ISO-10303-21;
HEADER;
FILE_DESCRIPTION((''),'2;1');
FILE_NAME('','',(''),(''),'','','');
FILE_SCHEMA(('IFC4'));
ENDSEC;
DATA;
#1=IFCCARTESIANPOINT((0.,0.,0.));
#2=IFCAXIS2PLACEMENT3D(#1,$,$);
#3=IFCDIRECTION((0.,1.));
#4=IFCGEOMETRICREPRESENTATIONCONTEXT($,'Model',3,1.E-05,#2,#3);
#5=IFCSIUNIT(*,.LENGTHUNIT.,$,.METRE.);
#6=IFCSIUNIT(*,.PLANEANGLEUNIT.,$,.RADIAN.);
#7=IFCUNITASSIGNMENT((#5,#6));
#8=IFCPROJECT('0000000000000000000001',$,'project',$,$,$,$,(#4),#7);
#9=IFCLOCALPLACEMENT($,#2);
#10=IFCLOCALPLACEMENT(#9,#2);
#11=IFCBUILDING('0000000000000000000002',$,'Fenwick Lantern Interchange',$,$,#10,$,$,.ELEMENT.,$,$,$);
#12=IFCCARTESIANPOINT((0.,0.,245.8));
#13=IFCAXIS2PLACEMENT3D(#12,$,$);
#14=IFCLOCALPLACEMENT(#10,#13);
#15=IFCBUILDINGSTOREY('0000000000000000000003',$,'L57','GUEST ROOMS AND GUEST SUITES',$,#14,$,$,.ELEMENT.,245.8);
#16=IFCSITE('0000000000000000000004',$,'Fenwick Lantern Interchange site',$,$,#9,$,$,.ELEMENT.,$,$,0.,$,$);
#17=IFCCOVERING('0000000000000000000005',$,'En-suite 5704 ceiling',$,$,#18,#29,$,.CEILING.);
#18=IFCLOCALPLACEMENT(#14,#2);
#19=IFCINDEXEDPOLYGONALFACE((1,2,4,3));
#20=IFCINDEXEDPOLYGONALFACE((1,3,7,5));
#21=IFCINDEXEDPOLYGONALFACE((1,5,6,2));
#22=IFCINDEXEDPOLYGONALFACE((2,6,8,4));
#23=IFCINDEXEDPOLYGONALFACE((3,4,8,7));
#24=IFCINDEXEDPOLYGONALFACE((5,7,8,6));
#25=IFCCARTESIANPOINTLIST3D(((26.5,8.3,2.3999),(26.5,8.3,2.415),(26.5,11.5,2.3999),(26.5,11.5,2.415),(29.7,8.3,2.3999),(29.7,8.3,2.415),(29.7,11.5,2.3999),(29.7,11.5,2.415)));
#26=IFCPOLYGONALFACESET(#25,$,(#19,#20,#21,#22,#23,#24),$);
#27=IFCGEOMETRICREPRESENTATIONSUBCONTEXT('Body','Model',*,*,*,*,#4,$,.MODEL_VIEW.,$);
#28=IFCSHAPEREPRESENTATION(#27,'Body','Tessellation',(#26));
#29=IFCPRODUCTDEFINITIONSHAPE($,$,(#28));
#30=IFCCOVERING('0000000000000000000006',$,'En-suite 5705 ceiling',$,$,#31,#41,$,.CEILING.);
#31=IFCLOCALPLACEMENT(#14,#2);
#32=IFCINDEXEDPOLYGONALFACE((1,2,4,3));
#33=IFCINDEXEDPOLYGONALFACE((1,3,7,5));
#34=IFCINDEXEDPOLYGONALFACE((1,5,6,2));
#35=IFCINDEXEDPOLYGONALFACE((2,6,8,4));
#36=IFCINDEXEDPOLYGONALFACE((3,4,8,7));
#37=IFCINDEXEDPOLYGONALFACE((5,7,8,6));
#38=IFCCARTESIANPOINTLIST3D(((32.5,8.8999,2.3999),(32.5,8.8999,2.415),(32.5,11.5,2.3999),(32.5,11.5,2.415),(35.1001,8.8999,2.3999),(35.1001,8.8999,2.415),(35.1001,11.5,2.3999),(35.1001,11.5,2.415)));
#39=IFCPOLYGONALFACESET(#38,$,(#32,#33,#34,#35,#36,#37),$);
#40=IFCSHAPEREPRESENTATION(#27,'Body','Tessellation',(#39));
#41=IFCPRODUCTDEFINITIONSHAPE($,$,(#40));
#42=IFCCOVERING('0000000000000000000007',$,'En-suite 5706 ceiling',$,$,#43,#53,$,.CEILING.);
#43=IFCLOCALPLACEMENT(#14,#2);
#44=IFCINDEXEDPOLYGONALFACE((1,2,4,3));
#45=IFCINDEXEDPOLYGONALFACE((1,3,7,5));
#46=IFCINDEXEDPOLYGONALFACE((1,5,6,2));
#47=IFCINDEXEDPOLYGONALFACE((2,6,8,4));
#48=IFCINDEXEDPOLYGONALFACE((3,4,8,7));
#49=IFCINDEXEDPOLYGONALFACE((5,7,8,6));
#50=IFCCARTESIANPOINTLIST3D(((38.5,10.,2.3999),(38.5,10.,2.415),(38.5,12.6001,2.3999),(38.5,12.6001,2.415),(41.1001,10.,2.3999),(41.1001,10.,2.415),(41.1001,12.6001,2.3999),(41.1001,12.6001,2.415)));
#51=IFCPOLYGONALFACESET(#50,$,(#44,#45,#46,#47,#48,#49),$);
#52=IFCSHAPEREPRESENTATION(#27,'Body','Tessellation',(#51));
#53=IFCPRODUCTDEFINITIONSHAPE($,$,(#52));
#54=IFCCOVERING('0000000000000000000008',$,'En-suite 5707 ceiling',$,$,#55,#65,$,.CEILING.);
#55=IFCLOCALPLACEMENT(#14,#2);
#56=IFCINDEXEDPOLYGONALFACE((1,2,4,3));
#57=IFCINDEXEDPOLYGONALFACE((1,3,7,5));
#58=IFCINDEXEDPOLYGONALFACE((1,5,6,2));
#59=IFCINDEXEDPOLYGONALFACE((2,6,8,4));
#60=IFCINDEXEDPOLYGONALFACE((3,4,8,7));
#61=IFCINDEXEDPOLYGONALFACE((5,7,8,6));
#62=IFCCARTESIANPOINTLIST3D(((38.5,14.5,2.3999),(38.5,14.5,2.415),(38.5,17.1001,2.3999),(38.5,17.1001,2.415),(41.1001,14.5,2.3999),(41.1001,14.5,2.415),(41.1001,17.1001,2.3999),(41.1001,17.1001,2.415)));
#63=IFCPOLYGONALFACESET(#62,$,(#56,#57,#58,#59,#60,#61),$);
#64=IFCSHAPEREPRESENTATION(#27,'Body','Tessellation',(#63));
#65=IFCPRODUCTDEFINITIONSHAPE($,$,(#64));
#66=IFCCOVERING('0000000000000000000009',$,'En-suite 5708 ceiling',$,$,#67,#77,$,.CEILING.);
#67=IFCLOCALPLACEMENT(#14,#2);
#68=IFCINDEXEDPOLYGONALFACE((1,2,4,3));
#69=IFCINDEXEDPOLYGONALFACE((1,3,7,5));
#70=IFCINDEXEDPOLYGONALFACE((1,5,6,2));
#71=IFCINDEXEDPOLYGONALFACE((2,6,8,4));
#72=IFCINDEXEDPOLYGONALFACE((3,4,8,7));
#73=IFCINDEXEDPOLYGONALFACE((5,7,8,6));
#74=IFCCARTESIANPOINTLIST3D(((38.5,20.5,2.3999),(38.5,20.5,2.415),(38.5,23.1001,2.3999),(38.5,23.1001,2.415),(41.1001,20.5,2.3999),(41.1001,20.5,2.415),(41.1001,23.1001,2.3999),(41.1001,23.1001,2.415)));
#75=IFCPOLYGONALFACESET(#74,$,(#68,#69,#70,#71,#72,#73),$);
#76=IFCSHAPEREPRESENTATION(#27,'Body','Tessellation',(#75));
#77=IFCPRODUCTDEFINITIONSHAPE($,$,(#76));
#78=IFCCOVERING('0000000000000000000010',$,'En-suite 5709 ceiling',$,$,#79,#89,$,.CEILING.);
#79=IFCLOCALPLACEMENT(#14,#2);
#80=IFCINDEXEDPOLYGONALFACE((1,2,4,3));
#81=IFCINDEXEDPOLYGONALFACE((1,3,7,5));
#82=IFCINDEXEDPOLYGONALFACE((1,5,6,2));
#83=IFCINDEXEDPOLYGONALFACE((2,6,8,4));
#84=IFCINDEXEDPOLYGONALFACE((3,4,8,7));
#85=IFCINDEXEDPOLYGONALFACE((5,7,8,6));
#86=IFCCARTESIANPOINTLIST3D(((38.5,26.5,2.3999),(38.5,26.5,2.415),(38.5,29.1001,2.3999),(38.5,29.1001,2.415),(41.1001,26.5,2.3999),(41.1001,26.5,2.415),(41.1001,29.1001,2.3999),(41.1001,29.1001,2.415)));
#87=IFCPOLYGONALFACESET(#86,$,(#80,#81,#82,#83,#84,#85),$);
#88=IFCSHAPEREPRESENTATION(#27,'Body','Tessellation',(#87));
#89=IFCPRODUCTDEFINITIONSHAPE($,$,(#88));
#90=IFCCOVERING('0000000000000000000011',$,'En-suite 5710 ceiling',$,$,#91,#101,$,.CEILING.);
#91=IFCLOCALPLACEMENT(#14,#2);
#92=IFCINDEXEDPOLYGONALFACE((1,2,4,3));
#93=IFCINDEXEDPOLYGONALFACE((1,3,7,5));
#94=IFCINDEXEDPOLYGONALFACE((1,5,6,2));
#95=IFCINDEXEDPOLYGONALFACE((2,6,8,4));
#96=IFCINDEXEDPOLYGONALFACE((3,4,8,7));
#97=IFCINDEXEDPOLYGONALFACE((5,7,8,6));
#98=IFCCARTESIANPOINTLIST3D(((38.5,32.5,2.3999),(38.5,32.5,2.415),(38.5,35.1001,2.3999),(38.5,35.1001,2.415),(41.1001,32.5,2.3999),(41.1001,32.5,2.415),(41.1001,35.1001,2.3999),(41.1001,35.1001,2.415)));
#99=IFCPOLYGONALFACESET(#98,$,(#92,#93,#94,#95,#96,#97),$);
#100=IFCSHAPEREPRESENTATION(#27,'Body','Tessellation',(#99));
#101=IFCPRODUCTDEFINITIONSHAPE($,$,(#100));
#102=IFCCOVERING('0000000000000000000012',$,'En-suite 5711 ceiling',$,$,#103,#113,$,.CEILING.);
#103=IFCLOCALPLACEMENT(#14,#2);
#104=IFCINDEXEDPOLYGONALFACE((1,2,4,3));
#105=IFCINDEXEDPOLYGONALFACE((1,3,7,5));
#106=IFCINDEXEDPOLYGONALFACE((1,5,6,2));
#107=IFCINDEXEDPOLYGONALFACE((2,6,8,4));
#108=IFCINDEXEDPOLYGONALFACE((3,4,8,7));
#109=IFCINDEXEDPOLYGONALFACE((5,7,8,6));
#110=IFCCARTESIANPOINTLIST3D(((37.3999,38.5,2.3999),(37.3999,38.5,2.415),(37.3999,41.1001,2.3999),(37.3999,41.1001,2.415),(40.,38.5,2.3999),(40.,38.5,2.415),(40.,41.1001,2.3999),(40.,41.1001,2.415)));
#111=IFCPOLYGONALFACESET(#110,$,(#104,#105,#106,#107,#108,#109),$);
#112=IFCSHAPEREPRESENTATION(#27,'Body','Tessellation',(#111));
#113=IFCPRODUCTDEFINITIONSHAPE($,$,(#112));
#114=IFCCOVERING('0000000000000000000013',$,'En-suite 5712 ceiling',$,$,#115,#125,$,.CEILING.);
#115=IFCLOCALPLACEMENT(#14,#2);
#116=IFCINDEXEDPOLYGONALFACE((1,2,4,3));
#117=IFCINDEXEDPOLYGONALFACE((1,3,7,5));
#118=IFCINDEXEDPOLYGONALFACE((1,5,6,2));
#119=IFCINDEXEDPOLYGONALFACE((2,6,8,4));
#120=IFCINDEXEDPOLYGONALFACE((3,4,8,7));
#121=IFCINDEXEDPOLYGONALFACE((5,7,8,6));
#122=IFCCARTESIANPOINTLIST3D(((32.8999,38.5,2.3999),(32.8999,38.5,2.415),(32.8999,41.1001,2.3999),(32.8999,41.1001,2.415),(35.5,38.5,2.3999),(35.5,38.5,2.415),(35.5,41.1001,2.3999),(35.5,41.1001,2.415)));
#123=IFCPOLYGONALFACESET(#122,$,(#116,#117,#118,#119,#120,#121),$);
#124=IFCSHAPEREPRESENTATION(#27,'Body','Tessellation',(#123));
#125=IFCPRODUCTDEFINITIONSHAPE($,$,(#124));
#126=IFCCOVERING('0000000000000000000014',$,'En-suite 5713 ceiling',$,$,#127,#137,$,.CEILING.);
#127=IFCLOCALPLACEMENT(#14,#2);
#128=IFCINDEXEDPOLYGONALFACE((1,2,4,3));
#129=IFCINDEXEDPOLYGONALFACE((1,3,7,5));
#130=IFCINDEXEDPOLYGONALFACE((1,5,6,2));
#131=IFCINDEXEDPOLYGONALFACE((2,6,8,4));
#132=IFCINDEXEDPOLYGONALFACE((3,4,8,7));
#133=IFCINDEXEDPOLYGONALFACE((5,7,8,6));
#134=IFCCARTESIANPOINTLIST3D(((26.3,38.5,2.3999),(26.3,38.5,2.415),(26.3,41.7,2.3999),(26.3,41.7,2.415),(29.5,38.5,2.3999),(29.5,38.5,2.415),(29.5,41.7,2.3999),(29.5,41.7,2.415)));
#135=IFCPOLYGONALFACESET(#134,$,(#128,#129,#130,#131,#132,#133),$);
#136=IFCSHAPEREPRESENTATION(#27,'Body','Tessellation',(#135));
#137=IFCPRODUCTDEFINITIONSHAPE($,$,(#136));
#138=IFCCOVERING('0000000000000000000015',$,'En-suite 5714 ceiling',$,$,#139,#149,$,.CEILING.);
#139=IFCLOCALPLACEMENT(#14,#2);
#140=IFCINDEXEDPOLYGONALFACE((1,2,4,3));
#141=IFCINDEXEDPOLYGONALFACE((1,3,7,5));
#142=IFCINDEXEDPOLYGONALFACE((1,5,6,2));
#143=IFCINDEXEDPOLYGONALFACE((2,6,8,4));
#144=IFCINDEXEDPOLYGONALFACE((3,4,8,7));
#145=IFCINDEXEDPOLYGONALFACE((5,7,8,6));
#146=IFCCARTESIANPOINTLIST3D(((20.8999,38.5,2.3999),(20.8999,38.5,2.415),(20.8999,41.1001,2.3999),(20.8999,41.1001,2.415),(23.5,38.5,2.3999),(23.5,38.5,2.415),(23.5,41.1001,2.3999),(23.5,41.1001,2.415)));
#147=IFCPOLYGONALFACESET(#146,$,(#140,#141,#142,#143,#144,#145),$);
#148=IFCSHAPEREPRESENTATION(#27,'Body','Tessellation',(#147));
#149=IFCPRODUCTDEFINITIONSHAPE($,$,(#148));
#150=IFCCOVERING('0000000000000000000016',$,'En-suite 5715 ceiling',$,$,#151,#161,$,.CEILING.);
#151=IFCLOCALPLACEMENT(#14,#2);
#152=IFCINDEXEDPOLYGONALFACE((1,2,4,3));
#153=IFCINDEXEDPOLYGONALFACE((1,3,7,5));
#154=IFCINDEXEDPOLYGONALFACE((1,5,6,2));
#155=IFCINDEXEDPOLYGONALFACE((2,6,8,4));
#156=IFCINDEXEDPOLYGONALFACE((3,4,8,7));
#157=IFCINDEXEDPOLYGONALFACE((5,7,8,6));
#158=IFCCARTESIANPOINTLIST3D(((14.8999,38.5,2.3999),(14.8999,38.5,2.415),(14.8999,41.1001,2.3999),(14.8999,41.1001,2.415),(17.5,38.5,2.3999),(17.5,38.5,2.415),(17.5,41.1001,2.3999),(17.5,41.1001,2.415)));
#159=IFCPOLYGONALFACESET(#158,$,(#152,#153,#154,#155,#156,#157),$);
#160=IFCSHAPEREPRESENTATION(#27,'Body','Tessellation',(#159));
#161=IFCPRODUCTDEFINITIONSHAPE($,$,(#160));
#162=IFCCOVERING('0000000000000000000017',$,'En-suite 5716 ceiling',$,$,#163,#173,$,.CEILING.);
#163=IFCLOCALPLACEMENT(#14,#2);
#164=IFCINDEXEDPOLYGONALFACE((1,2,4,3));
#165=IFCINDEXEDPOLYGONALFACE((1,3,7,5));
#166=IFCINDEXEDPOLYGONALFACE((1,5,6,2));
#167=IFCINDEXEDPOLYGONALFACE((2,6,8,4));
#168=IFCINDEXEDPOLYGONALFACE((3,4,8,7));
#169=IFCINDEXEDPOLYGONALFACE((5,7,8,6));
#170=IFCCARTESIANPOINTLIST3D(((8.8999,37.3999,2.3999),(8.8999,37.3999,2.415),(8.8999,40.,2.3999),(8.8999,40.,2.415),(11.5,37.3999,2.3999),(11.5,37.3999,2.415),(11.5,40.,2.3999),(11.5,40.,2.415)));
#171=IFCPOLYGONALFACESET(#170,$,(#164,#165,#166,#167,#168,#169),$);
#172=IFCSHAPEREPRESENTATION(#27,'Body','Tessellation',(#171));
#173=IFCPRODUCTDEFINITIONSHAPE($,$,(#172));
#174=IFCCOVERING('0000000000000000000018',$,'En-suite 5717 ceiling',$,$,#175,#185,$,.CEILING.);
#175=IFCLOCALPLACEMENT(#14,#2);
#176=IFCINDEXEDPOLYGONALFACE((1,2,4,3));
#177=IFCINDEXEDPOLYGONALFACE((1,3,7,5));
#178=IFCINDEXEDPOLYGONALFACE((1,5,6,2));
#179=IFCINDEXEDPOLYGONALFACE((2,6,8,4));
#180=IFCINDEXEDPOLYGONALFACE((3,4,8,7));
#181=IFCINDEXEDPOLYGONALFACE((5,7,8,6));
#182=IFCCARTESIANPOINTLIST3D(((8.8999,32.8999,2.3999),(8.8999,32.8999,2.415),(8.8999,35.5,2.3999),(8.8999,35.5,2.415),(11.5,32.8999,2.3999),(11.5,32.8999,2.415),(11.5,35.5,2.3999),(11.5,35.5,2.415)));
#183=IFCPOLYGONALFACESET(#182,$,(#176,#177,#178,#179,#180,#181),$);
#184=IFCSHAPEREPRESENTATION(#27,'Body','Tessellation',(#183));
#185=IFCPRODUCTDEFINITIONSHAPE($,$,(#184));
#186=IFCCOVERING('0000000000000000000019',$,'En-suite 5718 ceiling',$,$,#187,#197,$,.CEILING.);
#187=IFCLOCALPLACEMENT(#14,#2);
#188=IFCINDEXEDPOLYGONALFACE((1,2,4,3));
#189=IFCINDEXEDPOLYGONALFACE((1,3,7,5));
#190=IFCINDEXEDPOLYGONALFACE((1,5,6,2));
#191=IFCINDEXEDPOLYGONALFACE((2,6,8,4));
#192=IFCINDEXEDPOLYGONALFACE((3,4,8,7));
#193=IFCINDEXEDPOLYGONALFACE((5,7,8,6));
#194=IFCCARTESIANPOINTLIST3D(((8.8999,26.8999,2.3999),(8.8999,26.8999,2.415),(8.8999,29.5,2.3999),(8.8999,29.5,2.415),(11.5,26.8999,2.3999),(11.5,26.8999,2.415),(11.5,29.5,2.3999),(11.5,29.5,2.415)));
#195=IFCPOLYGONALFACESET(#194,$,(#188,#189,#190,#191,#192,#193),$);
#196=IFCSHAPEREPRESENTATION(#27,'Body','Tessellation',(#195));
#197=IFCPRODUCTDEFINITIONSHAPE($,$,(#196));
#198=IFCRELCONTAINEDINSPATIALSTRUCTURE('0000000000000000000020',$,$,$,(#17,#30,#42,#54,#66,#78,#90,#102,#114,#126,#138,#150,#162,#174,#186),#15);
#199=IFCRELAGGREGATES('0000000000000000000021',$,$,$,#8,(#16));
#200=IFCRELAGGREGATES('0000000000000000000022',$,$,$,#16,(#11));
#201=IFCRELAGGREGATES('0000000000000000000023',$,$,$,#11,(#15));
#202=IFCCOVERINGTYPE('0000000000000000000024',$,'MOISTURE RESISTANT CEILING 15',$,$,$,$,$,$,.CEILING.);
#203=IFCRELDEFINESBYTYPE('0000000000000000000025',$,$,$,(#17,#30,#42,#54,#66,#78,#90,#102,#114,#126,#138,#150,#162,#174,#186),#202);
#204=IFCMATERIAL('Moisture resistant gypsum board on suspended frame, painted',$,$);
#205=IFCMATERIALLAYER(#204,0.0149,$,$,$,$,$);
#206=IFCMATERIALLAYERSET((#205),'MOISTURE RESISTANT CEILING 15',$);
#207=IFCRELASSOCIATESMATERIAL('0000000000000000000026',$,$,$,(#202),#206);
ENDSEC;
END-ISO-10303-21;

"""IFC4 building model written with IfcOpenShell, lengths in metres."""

from ifc_helpers import new_model, si_unit, direction, frame, origin, place, context, subcontext, project, spatial, polyline, outline, extrude, material, layer, layer_set, type_object, element, save


model = new_model("IFC4")

# Units and contexts
model_context = context("Model", 3, precision=1e-05, world=origin(), true_north=direction((0.0, 1.0)))
body_context = subcontext(model_context, "Body", "Model", "MODEL_VIEW")
ifc_project = project(units=[si_unit("LENGTHUNIT", "METRE"), si_unit("PLANEANGLEUNIT", "RADIAN")], contexts=[model_context])

# Site, building, storey
site_placement = place(None, origin())
site = spatial("IfcSite", under=ifc_project, at=site_placement, Name="Fenwick Lantern Interchange site", CompositionType="ELEMENT", RefElevation=0.0)
building_placement = place(site_placement, origin())
building = spatial("IfcBuilding", under=site, at=building_placement, Name="Fenwick Lantern Interchange", CompositionType="ELEMENT")
storey_placement = place(building_placement, frame((0.0, 0.0, 245.8)))
storey = spatial("IfcBuildingStorey", under=building, at=storey_placement, Name="L57", Description="GUEST ROOMS AND GUEST SUITES", CompositionType="ELEMENT", Elevation=245.8)

# Coverings
ifc_material_1 = material(Name="Moisture resistant gypsum board on suspended frame, painted")
ifc_layer_1 = layer(ifc_material_1, 0.0149)
ifc_layer_set_1 = layer_set([ifc_layer_1], Name="MOISTURE RESISTANT CEILING 15")
covering_type_1 = type_object("IfcCoveringType", Name="MOISTURE RESISTANT CEILING 15", PredefinedType="CEILING", material=ifc_layer_set_1)
covering_1_placement = place(storey_placement, frame((0.0, 0.0, 2.3999)))
element("IfcCovering", 1, at=covering_1_placement, inside=storey, type_object=covering_type_1, Name="En-suite 5704 ceiling", PredefinedType="CEILING", context=body_context, shape_type="SweptSolid", body=[
    extrude(outline(polyline([(26.5, 8.3), (29.7, 8.3), (29.7, 11.5), (26.5, 11.5), (26.5, 8.3)])), origin(), (0.0, 0.0, 1.0), 0.0151),
])
covering_2_placement = place(storey_placement, frame((0.0, 0.0, 2.3999)))
element("IfcCovering", 2, at=covering_2_placement, inside=storey, type_object=covering_type_1, Name="En-suite 5705 ceiling", PredefinedType="CEILING", context=body_context, shape_type="SweptSolid", body=[
    extrude(outline(polyline([(32.5, 8.8999), (35.1001, 8.8999), (35.1001, 11.5), (32.5, 11.5), (32.5, 8.8999)])), origin(), (0.0, 0.0, 1.0), 0.0151),
])
covering_3_placement = place(storey_placement, frame((0.0, 0.0, 2.3999)))
element("IfcCovering", 3, at=covering_3_placement, inside=storey, type_object=covering_type_1, Name="En-suite 5706 ceiling", PredefinedType="CEILING", context=body_context, shape_type="SweptSolid", body=[
    extrude(outline(polyline([(41.1001, 10.0), (41.1001, 12.6001), (38.5, 12.6001), (38.5, 10.0), (41.1001, 10.0)])), origin(), (0.0, 0.0, 1.0), 0.0151),
])
covering_4_placement = place(storey_placement, frame((0.0, 0.0, 2.3999)))
element("IfcCovering", 4, at=covering_4_placement, inside=storey, type_object=covering_type_1, Name="En-suite 5707 ceiling", PredefinedType="CEILING", context=body_context, shape_type="SweptSolid", body=[
    extrude(outline(polyline([(41.1001, 14.5), (41.1001, 17.1001), (38.5, 17.1001), (38.5, 14.5), (41.1001, 14.5)])), origin(), (0.0, 0.0, 1.0), 0.0151),
])
covering_5_placement = place(storey_placement, frame((0.0, 0.0, 2.3999)))
element("IfcCovering", 5, at=covering_5_placement, inside=storey, type_object=covering_type_1, Name="En-suite 5708 ceiling", PredefinedType="CEILING", context=body_context, shape_type="SweptSolid", body=[
    extrude(outline(polyline([(41.1001, 20.5), (41.1001, 23.1001), (38.5, 23.1001), (38.5, 20.5), (41.1001, 20.5)])), origin(), (0.0, 0.0, 1.0), 0.0151),
])
covering_6_placement = place(storey_placement, frame((0.0, 0.0, 2.3999)))
element("IfcCovering", 6, at=covering_6_placement, inside=storey, type_object=covering_type_1, Name="En-suite 5709 ceiling", PredefinedType="CEILING", context=body_context, shape_type="SweptSolid", body=[
    extrude(outline(polyline([(41.1001, 26.5), (41.1001, 29.1001), (38.5, 29.1001), (38.5, 26.5), (41.1001, 26.5)])), origin(), (0.0, 0.0, 1.0), 0.0151),
])
covering_7_placement = place(storey_placement, frame((0.0, 0.0, 2.3999)))
element("IfcCovering", 7, at=covering_7_placement, inside=storey, type_object=covering_type_1, Name="En-suite 5710 ceiling", PredefinedType="CEILING", context=body_context, shape_type="SweptSolid", body=[
    extrude(outline(polyline([(41.1001, 32.5), (41.1001, 35.1001), (38.5, 35.1001), (38.5, 32.5), (41.1001, 32.5)])), origin(), (0.0, 0.0, 1.0), 0.0151),
])
covering_8_placement = place(storey_placement, frame((0.0, 0.0, 2.3999)))
element("IfcCovering", 8, at=covering_8_placement, inside=storey, type_object=covering_type_1, Name="En-suite 5711 ceiling", PredefinedType="CEILING", context=body_context, shape_type="SweptSolid", body=[
    extrude(outline(polyline([(40.0, 41.1001), (37.3999, 41.1001), (37.3999, 38.5), (40.0, 38.5), (40.0, 41.1001)])), origin(), (0.0, 0.0, 1.0), 0.0151),
])
covering_9_placement = place(storey_placement, frame((0.0, 0.0, 2.3999)))
element("IfcCovering", 9, at=covering_9_placement, inside=storey, type_object=covering_type_1, Name="En-suite 5712 ceiling", PredefinedType="CEILING", context=body_context, shape_type="SweptSolid", body=[
    extrude(outline(polyline([(35.5, 41.1001), (32.8999, 41.1001), (32.8999, 38.5), (35.5, 38.5), (35.5, 41.1001)])), origin(), (0.0, 0.0, 1.0), 0.0151),
])
covering_10_placement = place(storey_placement, frame((0.0, 0.0, 2.3999)))
element("IfcCovering", 10, at=covering_10_placement, inside=storey, type_object=covering_type_1, Name="En-suite 5713 ceiling", PredefinedType="CEILING", context=body_context, shape_type="SweptSolid", body=[
    extrude(outline(polyline([(29.5, 41.7), (26.3, 41.7), (26.3, 38.5), (29.5, 38.5), (29.5, 41.7)])), origin(), (0.0, 0.0, 1.0), 0.0151),
])
covering_11_placement = place(storey_placement, frame((0.0, 0.0, 2.3999)))
element("IfcCovering", 11, at=covering_11_placement, inside=storey, type_object=covering_type_1, Name="En-suite 5714 ceiling", PredefinedType="CEILING", context=body_context, shape_type="SweptSolid", body=[
    extrude(outline(polyline([(23.5, 41.1001), (20.8999, 41.1001), (20.8999, 38.5), (23.5, 38.5), (23.5, 41.1001)])), origin(), (0.0, 0.0, 1.0), 0.0151),
])
covering_12_placement = place(storey_placement, frame((0.0, 0.0, 2.3999)))
element("IfcCovering", 12, at=covering_12_placement, inside=storey, type_object=covering_type_1, Name="En-suite 5715 ceiling", PredefinedType="CEILING", context=body_context, shape_type="SweptSolid", body=[
    extrude(outline(polyline([(17.5, 41.1001), (14.8999, 41.1001), (14.8999, 38.5), (17.5, 38.5), (17.5, 41.1001)])), origin(), (0.0, 0.0, 1.0), 0.0151),
])
covering_13_placement = place(storey_placement, frame((0.0, 0.0, 2.3999)))
element("IfcCovering", 13, at=covering_13_placement, inside=storey, type_object=covering_type_1, Name="En-suite 5716 ceiling", PredefinedType="CEILING", context=body_context, shape_type="SweptSolid", body=[
    extrude(outline(polyline([(8.8999, 40.0), (8.8999, 37.3999), (11.5, 37.3999), (11.5, 40.0), (8.8999, 40.0)])), origin(), (0.0, 0.0, 1.0), 0.0151),
])
covering_14_placement = place(storey_placement, frame((0.0, 0.0, 2.3999)))
element("IfcCovering", 14, at=covering_14_placement, inside=storey, type_object=covering_type_1, Name="En-suite 5717 ceiling", PredefinedType="CEILING", context=body_context, shape_type="SweptSolid", body=[
    extrude(outline(polyline([(8.8999, 35.5), (8.8999, 32.8999), (11.5, 32.8999), (11.5, 35.5), (8.8999, 35.5)])), origin(), (0.0, 0.0, 1.0), 0.0151),
])
covering_15_placement = place(storey_placement, frame((0.0, 0.0, 2.3999)))
element("IfcCovering", 15, at=covering_15_placement, inside=storey, type_object=covering_type_1, Name="En-suite 5718 ceiling", PredefinedType="CEILING", context=body_context, shape_type="SweptSolid", body=[
    extrude(outline(polyline([(8.8999, 29.5), (8.8999, 26.8999), (11.5, 26.8999), (11.5, 29.5), (8.8999, 29.5)])), origin(), (0.0, 0.0, 1.0), 0.0151),
])

save(model, "model.ifc")
